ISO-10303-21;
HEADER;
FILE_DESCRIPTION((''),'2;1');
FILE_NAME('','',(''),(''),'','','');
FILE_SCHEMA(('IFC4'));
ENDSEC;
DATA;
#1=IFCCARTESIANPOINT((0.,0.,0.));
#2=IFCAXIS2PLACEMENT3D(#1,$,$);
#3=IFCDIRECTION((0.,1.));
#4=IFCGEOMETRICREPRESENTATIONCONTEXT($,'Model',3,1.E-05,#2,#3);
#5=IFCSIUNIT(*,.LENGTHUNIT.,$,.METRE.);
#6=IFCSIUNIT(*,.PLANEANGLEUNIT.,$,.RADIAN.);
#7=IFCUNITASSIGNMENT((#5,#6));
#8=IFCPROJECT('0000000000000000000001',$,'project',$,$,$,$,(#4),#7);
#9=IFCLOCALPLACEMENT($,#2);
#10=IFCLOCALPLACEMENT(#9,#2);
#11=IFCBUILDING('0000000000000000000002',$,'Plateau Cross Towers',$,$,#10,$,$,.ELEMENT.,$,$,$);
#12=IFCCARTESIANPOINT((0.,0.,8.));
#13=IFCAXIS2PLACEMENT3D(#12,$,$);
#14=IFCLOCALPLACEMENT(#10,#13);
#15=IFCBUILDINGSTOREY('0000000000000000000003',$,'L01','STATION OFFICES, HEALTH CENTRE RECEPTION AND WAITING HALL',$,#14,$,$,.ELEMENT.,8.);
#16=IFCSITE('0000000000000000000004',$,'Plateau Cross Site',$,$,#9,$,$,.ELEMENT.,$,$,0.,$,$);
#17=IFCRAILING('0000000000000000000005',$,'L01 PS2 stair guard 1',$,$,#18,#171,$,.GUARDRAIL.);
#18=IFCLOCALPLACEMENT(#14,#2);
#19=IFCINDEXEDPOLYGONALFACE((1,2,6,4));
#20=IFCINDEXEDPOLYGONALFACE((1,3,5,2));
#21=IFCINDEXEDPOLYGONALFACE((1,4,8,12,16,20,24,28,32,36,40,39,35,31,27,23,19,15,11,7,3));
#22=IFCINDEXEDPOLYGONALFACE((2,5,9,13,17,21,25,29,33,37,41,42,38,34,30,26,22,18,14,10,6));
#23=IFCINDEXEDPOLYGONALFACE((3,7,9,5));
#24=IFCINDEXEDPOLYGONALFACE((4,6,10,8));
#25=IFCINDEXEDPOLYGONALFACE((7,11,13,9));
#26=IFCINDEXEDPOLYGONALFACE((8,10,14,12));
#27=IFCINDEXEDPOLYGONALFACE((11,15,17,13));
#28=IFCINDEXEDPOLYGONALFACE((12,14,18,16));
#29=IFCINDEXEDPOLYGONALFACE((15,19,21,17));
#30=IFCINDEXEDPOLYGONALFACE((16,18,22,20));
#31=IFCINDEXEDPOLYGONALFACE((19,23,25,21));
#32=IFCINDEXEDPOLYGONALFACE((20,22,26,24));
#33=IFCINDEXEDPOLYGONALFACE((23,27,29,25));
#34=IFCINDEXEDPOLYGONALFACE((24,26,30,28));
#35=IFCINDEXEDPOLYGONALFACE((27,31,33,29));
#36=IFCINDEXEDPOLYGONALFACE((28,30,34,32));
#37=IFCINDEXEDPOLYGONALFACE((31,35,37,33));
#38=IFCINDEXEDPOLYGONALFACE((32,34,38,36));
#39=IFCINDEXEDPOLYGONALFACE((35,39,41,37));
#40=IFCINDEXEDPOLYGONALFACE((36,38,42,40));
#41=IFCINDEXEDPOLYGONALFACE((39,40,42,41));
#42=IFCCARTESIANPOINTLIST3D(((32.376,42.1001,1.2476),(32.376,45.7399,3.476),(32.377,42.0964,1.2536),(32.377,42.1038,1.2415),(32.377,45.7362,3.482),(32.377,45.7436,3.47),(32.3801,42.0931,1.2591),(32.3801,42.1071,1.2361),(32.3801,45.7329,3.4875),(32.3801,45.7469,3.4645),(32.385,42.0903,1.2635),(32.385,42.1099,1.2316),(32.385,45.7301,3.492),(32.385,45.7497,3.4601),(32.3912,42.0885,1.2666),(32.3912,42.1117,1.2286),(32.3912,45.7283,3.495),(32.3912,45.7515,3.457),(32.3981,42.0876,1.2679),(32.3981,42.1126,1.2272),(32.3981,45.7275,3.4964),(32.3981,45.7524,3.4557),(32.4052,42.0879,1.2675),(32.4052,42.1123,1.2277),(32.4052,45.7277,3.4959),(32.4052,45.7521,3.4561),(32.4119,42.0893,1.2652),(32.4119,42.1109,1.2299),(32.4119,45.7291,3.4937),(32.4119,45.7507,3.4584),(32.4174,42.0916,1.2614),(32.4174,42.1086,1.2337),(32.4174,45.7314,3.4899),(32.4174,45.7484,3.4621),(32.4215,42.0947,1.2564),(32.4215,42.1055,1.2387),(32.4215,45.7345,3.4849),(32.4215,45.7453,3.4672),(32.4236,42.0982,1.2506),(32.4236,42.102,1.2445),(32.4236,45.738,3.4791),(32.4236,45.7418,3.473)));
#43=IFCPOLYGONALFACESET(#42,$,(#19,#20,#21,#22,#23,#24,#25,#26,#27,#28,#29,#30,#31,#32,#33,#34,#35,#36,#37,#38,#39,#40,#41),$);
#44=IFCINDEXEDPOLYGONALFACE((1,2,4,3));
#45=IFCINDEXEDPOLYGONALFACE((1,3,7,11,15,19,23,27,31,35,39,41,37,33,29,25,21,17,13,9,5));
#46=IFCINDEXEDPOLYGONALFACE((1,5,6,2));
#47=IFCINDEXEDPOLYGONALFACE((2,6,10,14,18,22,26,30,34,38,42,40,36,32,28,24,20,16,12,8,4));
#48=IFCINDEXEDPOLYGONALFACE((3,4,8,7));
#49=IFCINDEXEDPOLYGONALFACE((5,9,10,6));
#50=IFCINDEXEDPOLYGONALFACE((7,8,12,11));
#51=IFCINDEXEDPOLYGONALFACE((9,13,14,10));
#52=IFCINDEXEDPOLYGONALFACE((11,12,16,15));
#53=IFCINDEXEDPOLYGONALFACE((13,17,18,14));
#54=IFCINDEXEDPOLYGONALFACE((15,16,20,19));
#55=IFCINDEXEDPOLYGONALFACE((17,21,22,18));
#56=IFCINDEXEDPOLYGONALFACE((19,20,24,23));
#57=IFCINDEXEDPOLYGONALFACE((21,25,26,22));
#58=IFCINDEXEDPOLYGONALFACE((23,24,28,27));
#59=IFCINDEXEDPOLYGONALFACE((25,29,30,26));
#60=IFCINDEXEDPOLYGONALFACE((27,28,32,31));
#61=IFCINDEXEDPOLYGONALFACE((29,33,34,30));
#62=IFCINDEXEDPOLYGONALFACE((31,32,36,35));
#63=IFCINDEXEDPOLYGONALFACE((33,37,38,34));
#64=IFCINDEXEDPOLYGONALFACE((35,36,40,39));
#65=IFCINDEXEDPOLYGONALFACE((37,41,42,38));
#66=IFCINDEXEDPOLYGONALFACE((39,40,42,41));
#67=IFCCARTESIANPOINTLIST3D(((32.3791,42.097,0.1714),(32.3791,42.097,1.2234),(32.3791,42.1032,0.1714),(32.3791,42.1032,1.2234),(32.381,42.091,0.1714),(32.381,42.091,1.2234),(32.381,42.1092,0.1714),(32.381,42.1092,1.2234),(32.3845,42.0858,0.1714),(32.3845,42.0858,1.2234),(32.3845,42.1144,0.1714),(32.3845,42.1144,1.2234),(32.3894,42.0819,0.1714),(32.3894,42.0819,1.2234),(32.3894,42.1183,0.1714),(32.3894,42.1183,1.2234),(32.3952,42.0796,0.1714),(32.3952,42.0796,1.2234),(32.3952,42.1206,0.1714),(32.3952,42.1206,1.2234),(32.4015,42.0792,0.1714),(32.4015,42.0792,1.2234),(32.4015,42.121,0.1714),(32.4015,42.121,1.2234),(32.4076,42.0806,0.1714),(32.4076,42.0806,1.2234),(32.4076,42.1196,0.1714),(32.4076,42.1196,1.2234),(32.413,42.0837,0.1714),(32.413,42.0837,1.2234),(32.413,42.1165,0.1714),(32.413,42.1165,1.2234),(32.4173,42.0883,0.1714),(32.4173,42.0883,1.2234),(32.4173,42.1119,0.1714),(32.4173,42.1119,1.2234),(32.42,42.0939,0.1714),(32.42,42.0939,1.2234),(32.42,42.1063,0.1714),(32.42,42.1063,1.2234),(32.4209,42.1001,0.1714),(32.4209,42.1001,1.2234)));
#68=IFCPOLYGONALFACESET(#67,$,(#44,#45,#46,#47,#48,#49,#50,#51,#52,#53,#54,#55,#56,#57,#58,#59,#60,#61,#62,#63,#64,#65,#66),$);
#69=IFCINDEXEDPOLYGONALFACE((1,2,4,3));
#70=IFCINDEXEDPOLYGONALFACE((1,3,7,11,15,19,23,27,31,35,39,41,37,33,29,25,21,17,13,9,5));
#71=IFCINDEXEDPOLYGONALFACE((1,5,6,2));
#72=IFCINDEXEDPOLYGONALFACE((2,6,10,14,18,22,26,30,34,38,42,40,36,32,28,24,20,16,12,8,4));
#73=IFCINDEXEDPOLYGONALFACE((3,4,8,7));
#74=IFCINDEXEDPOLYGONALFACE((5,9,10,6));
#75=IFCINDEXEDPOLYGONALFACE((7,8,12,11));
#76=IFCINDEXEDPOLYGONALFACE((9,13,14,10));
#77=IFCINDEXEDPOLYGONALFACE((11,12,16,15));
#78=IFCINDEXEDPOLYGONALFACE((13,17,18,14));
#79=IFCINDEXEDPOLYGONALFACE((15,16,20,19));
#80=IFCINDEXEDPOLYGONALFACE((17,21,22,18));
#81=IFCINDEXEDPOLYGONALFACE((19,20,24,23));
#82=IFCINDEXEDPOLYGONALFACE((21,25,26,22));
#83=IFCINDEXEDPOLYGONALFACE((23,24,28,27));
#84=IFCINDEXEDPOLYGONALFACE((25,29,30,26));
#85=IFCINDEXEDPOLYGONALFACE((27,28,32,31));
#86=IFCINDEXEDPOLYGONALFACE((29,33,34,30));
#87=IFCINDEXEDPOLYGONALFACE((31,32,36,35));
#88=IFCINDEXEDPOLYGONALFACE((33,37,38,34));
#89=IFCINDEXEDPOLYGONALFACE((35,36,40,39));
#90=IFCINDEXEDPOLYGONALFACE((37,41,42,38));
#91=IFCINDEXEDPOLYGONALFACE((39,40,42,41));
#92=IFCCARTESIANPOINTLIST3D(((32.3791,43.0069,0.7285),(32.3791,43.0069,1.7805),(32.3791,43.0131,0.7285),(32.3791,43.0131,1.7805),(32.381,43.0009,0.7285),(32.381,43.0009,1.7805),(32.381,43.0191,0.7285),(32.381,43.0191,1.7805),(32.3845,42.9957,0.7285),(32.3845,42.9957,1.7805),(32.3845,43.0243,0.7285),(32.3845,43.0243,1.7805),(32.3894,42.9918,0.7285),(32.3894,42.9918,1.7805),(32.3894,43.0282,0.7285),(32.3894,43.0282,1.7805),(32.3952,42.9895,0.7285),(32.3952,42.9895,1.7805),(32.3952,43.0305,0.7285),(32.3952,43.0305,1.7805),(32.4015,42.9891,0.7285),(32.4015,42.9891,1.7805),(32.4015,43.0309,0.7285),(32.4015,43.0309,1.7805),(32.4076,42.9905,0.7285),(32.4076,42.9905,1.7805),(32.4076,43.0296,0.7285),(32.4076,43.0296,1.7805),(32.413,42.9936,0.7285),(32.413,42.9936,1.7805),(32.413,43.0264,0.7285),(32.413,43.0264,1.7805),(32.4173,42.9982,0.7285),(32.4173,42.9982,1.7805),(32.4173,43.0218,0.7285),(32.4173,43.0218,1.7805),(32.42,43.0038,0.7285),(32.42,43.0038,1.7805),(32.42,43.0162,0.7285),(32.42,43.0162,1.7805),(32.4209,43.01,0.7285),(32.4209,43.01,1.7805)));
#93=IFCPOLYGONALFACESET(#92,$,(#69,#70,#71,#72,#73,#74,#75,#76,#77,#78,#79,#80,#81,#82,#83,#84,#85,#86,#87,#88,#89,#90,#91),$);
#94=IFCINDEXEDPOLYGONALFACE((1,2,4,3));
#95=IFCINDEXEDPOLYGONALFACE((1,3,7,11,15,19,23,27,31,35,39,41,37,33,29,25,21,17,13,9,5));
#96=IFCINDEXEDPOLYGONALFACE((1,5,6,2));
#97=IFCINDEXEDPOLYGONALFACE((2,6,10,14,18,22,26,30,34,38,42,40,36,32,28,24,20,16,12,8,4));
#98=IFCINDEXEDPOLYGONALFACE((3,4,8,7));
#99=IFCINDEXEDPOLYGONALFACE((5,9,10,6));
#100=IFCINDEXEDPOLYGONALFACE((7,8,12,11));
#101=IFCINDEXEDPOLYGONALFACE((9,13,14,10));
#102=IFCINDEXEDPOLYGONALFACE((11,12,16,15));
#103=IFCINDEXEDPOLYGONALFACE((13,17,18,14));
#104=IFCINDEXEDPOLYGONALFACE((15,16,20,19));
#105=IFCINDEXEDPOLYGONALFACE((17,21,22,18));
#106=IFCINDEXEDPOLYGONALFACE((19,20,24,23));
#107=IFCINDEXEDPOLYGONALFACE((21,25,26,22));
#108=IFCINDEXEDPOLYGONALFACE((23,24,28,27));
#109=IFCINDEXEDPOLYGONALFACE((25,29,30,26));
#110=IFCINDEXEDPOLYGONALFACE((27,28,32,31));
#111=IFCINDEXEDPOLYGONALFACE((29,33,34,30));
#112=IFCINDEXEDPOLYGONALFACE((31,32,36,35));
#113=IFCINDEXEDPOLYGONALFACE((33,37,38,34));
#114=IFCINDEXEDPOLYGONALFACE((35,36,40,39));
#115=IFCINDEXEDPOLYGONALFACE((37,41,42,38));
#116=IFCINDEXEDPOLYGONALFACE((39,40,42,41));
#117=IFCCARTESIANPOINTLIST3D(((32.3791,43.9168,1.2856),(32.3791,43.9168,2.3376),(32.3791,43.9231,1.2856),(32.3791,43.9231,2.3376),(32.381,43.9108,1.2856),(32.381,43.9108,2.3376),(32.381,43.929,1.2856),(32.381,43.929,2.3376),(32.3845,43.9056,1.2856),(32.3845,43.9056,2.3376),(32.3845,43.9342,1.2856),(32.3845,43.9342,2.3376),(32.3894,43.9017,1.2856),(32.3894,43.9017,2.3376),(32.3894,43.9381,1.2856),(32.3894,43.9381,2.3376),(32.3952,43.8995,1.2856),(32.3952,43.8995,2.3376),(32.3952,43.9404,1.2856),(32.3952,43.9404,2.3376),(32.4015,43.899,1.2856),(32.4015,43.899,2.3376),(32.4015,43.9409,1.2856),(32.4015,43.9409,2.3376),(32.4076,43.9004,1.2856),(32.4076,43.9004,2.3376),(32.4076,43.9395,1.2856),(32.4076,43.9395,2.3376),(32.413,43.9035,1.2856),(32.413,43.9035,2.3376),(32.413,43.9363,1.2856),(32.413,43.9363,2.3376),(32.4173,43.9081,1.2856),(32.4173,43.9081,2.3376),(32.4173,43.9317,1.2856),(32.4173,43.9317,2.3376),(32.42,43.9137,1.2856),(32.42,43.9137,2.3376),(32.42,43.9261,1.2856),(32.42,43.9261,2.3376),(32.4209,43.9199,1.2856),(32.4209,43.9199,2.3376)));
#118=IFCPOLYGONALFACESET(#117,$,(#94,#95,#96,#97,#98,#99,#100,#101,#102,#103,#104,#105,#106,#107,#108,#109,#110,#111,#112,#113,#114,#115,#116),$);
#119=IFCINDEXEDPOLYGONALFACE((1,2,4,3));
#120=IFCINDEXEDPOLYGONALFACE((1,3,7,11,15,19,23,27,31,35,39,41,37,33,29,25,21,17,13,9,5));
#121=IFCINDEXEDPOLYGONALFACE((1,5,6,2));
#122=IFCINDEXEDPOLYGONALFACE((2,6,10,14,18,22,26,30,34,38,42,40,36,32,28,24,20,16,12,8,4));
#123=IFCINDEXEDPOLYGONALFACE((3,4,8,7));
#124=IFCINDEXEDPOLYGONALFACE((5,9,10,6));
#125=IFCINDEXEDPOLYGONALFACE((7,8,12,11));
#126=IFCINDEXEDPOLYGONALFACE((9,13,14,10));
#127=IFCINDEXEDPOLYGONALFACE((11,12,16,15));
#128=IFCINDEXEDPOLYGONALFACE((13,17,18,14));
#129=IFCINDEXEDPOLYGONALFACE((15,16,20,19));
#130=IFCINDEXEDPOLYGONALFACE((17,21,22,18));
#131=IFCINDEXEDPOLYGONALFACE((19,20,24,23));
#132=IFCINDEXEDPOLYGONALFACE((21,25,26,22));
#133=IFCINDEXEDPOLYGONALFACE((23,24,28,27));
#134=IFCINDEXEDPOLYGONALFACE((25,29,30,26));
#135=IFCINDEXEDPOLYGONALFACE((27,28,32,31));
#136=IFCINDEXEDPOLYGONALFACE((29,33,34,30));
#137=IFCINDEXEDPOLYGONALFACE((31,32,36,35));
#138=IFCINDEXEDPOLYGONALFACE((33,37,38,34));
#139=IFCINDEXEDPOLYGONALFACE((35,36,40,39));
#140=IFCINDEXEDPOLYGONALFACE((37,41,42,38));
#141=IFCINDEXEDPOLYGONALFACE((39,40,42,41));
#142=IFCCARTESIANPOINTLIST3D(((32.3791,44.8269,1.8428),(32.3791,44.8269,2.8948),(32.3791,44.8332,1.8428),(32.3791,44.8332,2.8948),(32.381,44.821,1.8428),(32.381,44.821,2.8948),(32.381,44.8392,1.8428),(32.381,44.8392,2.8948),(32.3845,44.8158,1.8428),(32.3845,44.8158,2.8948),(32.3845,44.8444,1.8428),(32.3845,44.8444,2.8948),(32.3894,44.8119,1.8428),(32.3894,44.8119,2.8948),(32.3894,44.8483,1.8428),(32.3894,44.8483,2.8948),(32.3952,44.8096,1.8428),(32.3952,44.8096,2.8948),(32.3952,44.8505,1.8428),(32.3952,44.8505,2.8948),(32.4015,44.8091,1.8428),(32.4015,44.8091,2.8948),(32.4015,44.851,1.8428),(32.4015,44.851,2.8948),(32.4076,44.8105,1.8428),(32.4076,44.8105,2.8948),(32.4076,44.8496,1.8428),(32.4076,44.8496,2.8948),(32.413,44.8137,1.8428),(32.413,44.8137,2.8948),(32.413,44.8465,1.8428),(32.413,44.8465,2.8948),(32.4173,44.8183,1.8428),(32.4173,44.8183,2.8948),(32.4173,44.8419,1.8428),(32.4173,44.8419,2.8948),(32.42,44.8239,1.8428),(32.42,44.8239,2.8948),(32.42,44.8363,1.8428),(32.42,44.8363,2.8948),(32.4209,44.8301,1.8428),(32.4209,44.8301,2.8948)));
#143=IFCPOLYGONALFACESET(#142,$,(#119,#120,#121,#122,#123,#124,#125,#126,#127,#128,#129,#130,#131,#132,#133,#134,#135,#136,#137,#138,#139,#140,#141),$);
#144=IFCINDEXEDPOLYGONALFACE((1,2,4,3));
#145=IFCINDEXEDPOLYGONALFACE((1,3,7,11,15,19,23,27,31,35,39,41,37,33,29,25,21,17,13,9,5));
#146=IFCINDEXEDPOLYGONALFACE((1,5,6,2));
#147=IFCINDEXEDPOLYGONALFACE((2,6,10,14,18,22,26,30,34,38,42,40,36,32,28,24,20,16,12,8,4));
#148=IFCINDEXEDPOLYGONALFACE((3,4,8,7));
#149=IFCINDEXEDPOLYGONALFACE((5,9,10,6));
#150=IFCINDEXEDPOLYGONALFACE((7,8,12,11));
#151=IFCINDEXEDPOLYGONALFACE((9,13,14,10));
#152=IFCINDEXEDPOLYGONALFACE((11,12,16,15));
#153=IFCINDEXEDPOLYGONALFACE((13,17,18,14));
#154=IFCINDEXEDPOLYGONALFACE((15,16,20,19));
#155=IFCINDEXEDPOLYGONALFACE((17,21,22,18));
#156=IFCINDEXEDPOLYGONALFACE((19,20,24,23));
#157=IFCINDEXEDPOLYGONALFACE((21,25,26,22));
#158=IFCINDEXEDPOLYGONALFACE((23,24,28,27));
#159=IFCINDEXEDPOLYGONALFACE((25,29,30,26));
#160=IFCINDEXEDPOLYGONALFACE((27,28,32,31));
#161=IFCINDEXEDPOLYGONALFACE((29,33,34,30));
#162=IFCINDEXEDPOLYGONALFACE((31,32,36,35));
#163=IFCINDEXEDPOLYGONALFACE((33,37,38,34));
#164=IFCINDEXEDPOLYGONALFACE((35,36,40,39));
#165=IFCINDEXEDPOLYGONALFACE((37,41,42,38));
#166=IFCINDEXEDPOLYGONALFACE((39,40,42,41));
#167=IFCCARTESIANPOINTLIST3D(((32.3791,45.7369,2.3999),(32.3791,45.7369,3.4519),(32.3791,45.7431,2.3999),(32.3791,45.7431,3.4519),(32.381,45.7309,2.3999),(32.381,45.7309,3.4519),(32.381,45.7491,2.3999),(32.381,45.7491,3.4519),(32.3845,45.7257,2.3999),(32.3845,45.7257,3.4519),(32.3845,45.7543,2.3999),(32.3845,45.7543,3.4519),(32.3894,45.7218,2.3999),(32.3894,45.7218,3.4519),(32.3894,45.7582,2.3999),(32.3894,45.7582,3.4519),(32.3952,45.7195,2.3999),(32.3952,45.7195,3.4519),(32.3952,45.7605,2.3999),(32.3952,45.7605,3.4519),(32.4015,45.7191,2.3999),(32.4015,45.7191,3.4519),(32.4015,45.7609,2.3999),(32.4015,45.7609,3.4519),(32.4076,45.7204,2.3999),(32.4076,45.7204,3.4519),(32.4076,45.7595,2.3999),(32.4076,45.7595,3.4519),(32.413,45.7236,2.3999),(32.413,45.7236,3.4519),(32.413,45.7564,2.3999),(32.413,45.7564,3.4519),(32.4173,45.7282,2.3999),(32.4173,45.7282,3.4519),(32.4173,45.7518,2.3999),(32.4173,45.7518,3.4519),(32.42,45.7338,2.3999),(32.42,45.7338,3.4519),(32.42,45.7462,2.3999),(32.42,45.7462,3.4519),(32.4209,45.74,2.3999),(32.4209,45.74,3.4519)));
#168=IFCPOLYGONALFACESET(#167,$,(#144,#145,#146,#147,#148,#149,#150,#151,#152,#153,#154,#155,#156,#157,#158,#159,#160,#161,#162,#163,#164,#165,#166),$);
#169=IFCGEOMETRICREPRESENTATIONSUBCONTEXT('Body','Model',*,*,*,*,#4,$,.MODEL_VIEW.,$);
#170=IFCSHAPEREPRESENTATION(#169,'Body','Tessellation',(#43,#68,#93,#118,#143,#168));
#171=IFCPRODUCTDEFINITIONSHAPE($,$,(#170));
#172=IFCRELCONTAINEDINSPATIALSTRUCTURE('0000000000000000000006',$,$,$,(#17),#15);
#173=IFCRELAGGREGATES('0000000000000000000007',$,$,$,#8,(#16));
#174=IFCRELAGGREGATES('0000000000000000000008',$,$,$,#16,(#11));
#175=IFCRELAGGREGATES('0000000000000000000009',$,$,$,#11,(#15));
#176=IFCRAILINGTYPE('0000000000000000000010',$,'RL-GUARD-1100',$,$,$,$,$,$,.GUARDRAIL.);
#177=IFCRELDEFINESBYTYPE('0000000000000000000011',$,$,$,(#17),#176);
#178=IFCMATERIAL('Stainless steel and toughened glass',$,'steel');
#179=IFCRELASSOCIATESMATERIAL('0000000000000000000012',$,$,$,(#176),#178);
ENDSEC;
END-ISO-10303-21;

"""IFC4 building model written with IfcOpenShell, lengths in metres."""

from ifc_helpers import new_model, si_unit, direction, frame, origin, origin_2d, place, context, subcontext, project, spatial, circle, extrude, material, type_object, element, save


model = new_model("IFC4")

# Units and contexts
model_context = context("Model", 3, precision=1e-05, world=origin(), true_north=direction((0.0, 1.0)))
body_context = subcontext(model_context, "Body", "Model", "MODEL_VIEW")
ifc_project = project(units=[si_unit("LENGTHUNIT", "METRE"), si_unit("PLANEANGLEUNIT", "RADIAN")], contexts=[model_context])

# Site, building, storey
site_placement = place(None, origin())
site = spatial("IfcSite", under=ifc_project, at=site_placement, Name="Plateau Cross Site", CompositionType="ELEMENT", RefElevation=0.0)
building_placement = place(site_placement, origin())
building = spatial("IfcBuilding", under=site, at=building_placement, Name="Plateau Cross Towers", CompositionType="ELEMENT")
storey_placement = place(building_placement, frame((0.0, 0.0, 8.0)))
storey = spatial("IfcBuildingStorey", under=building, at=storey_placement, Name="L01", Description="STATION OFFICES, HEALTH CENTRE RECEPTION AND WAITING HALL", CompositionType="ELEMENT", Elevation=8.0)

# Railing
ifc_material_1 = material(Name="Stainless steel and toughened glass", Category="steel")
railing_type_1 = type_object("IfcRailingType", Name="RL-GUARD-1100", PredefinedType="GUARDRAIL", material=ifc_material_1)
railing_1_placement = place(storey_placement, frame((32.3999, 42.1001, 0.1714)))
element("IfcRailing", 1, at=railing_1_placement, inside=storey, type_object=railing_type_1, Name="L01 PS2 stair guard 1", PredefinedType="GUARDRAIL", context=body_context, shape_type="SweptSolid", body=[
    extrude(circle(Radius=0.0239, at=origin_2d()), frame((0.0, 0.0, 1.0762), z_axis=(0.0, 0.85285, 0.522156), x_axis=(-1.0, 0.0, 0.0)), (0.0, 0.0, 1.0), 4.2678),
    extrude(circle(Radius=0.021, at=origin_2d()), origin(), (0.0, 0.0, 1.0), 1.052),
    extrude(circle(Radius=0.021, at=origin_2d()), frame((0.0, 0.9099, 0.5571)), (0.0, 0.0, 1.0), 1.052),
    extrude(circle(Radius=0.021, at=origin_2d()), frame((0.0, 1.8198, 1.1143)), (0.0, 0.0, 1.0), 1.052),
    extrude(circle(Radius=0.021, at=origin_2d()), frame((0.0, 2.73, 1.6714)), (0.0, 0.0, 1.0), 1.052),
    extrude(circle(Radius=0.021, at=origin_2d()), frame((0.0, 3.6399, 2.2285)), (0.0, 0.0, 1.0), 1.052),
])

save(model, "model.ifc")
